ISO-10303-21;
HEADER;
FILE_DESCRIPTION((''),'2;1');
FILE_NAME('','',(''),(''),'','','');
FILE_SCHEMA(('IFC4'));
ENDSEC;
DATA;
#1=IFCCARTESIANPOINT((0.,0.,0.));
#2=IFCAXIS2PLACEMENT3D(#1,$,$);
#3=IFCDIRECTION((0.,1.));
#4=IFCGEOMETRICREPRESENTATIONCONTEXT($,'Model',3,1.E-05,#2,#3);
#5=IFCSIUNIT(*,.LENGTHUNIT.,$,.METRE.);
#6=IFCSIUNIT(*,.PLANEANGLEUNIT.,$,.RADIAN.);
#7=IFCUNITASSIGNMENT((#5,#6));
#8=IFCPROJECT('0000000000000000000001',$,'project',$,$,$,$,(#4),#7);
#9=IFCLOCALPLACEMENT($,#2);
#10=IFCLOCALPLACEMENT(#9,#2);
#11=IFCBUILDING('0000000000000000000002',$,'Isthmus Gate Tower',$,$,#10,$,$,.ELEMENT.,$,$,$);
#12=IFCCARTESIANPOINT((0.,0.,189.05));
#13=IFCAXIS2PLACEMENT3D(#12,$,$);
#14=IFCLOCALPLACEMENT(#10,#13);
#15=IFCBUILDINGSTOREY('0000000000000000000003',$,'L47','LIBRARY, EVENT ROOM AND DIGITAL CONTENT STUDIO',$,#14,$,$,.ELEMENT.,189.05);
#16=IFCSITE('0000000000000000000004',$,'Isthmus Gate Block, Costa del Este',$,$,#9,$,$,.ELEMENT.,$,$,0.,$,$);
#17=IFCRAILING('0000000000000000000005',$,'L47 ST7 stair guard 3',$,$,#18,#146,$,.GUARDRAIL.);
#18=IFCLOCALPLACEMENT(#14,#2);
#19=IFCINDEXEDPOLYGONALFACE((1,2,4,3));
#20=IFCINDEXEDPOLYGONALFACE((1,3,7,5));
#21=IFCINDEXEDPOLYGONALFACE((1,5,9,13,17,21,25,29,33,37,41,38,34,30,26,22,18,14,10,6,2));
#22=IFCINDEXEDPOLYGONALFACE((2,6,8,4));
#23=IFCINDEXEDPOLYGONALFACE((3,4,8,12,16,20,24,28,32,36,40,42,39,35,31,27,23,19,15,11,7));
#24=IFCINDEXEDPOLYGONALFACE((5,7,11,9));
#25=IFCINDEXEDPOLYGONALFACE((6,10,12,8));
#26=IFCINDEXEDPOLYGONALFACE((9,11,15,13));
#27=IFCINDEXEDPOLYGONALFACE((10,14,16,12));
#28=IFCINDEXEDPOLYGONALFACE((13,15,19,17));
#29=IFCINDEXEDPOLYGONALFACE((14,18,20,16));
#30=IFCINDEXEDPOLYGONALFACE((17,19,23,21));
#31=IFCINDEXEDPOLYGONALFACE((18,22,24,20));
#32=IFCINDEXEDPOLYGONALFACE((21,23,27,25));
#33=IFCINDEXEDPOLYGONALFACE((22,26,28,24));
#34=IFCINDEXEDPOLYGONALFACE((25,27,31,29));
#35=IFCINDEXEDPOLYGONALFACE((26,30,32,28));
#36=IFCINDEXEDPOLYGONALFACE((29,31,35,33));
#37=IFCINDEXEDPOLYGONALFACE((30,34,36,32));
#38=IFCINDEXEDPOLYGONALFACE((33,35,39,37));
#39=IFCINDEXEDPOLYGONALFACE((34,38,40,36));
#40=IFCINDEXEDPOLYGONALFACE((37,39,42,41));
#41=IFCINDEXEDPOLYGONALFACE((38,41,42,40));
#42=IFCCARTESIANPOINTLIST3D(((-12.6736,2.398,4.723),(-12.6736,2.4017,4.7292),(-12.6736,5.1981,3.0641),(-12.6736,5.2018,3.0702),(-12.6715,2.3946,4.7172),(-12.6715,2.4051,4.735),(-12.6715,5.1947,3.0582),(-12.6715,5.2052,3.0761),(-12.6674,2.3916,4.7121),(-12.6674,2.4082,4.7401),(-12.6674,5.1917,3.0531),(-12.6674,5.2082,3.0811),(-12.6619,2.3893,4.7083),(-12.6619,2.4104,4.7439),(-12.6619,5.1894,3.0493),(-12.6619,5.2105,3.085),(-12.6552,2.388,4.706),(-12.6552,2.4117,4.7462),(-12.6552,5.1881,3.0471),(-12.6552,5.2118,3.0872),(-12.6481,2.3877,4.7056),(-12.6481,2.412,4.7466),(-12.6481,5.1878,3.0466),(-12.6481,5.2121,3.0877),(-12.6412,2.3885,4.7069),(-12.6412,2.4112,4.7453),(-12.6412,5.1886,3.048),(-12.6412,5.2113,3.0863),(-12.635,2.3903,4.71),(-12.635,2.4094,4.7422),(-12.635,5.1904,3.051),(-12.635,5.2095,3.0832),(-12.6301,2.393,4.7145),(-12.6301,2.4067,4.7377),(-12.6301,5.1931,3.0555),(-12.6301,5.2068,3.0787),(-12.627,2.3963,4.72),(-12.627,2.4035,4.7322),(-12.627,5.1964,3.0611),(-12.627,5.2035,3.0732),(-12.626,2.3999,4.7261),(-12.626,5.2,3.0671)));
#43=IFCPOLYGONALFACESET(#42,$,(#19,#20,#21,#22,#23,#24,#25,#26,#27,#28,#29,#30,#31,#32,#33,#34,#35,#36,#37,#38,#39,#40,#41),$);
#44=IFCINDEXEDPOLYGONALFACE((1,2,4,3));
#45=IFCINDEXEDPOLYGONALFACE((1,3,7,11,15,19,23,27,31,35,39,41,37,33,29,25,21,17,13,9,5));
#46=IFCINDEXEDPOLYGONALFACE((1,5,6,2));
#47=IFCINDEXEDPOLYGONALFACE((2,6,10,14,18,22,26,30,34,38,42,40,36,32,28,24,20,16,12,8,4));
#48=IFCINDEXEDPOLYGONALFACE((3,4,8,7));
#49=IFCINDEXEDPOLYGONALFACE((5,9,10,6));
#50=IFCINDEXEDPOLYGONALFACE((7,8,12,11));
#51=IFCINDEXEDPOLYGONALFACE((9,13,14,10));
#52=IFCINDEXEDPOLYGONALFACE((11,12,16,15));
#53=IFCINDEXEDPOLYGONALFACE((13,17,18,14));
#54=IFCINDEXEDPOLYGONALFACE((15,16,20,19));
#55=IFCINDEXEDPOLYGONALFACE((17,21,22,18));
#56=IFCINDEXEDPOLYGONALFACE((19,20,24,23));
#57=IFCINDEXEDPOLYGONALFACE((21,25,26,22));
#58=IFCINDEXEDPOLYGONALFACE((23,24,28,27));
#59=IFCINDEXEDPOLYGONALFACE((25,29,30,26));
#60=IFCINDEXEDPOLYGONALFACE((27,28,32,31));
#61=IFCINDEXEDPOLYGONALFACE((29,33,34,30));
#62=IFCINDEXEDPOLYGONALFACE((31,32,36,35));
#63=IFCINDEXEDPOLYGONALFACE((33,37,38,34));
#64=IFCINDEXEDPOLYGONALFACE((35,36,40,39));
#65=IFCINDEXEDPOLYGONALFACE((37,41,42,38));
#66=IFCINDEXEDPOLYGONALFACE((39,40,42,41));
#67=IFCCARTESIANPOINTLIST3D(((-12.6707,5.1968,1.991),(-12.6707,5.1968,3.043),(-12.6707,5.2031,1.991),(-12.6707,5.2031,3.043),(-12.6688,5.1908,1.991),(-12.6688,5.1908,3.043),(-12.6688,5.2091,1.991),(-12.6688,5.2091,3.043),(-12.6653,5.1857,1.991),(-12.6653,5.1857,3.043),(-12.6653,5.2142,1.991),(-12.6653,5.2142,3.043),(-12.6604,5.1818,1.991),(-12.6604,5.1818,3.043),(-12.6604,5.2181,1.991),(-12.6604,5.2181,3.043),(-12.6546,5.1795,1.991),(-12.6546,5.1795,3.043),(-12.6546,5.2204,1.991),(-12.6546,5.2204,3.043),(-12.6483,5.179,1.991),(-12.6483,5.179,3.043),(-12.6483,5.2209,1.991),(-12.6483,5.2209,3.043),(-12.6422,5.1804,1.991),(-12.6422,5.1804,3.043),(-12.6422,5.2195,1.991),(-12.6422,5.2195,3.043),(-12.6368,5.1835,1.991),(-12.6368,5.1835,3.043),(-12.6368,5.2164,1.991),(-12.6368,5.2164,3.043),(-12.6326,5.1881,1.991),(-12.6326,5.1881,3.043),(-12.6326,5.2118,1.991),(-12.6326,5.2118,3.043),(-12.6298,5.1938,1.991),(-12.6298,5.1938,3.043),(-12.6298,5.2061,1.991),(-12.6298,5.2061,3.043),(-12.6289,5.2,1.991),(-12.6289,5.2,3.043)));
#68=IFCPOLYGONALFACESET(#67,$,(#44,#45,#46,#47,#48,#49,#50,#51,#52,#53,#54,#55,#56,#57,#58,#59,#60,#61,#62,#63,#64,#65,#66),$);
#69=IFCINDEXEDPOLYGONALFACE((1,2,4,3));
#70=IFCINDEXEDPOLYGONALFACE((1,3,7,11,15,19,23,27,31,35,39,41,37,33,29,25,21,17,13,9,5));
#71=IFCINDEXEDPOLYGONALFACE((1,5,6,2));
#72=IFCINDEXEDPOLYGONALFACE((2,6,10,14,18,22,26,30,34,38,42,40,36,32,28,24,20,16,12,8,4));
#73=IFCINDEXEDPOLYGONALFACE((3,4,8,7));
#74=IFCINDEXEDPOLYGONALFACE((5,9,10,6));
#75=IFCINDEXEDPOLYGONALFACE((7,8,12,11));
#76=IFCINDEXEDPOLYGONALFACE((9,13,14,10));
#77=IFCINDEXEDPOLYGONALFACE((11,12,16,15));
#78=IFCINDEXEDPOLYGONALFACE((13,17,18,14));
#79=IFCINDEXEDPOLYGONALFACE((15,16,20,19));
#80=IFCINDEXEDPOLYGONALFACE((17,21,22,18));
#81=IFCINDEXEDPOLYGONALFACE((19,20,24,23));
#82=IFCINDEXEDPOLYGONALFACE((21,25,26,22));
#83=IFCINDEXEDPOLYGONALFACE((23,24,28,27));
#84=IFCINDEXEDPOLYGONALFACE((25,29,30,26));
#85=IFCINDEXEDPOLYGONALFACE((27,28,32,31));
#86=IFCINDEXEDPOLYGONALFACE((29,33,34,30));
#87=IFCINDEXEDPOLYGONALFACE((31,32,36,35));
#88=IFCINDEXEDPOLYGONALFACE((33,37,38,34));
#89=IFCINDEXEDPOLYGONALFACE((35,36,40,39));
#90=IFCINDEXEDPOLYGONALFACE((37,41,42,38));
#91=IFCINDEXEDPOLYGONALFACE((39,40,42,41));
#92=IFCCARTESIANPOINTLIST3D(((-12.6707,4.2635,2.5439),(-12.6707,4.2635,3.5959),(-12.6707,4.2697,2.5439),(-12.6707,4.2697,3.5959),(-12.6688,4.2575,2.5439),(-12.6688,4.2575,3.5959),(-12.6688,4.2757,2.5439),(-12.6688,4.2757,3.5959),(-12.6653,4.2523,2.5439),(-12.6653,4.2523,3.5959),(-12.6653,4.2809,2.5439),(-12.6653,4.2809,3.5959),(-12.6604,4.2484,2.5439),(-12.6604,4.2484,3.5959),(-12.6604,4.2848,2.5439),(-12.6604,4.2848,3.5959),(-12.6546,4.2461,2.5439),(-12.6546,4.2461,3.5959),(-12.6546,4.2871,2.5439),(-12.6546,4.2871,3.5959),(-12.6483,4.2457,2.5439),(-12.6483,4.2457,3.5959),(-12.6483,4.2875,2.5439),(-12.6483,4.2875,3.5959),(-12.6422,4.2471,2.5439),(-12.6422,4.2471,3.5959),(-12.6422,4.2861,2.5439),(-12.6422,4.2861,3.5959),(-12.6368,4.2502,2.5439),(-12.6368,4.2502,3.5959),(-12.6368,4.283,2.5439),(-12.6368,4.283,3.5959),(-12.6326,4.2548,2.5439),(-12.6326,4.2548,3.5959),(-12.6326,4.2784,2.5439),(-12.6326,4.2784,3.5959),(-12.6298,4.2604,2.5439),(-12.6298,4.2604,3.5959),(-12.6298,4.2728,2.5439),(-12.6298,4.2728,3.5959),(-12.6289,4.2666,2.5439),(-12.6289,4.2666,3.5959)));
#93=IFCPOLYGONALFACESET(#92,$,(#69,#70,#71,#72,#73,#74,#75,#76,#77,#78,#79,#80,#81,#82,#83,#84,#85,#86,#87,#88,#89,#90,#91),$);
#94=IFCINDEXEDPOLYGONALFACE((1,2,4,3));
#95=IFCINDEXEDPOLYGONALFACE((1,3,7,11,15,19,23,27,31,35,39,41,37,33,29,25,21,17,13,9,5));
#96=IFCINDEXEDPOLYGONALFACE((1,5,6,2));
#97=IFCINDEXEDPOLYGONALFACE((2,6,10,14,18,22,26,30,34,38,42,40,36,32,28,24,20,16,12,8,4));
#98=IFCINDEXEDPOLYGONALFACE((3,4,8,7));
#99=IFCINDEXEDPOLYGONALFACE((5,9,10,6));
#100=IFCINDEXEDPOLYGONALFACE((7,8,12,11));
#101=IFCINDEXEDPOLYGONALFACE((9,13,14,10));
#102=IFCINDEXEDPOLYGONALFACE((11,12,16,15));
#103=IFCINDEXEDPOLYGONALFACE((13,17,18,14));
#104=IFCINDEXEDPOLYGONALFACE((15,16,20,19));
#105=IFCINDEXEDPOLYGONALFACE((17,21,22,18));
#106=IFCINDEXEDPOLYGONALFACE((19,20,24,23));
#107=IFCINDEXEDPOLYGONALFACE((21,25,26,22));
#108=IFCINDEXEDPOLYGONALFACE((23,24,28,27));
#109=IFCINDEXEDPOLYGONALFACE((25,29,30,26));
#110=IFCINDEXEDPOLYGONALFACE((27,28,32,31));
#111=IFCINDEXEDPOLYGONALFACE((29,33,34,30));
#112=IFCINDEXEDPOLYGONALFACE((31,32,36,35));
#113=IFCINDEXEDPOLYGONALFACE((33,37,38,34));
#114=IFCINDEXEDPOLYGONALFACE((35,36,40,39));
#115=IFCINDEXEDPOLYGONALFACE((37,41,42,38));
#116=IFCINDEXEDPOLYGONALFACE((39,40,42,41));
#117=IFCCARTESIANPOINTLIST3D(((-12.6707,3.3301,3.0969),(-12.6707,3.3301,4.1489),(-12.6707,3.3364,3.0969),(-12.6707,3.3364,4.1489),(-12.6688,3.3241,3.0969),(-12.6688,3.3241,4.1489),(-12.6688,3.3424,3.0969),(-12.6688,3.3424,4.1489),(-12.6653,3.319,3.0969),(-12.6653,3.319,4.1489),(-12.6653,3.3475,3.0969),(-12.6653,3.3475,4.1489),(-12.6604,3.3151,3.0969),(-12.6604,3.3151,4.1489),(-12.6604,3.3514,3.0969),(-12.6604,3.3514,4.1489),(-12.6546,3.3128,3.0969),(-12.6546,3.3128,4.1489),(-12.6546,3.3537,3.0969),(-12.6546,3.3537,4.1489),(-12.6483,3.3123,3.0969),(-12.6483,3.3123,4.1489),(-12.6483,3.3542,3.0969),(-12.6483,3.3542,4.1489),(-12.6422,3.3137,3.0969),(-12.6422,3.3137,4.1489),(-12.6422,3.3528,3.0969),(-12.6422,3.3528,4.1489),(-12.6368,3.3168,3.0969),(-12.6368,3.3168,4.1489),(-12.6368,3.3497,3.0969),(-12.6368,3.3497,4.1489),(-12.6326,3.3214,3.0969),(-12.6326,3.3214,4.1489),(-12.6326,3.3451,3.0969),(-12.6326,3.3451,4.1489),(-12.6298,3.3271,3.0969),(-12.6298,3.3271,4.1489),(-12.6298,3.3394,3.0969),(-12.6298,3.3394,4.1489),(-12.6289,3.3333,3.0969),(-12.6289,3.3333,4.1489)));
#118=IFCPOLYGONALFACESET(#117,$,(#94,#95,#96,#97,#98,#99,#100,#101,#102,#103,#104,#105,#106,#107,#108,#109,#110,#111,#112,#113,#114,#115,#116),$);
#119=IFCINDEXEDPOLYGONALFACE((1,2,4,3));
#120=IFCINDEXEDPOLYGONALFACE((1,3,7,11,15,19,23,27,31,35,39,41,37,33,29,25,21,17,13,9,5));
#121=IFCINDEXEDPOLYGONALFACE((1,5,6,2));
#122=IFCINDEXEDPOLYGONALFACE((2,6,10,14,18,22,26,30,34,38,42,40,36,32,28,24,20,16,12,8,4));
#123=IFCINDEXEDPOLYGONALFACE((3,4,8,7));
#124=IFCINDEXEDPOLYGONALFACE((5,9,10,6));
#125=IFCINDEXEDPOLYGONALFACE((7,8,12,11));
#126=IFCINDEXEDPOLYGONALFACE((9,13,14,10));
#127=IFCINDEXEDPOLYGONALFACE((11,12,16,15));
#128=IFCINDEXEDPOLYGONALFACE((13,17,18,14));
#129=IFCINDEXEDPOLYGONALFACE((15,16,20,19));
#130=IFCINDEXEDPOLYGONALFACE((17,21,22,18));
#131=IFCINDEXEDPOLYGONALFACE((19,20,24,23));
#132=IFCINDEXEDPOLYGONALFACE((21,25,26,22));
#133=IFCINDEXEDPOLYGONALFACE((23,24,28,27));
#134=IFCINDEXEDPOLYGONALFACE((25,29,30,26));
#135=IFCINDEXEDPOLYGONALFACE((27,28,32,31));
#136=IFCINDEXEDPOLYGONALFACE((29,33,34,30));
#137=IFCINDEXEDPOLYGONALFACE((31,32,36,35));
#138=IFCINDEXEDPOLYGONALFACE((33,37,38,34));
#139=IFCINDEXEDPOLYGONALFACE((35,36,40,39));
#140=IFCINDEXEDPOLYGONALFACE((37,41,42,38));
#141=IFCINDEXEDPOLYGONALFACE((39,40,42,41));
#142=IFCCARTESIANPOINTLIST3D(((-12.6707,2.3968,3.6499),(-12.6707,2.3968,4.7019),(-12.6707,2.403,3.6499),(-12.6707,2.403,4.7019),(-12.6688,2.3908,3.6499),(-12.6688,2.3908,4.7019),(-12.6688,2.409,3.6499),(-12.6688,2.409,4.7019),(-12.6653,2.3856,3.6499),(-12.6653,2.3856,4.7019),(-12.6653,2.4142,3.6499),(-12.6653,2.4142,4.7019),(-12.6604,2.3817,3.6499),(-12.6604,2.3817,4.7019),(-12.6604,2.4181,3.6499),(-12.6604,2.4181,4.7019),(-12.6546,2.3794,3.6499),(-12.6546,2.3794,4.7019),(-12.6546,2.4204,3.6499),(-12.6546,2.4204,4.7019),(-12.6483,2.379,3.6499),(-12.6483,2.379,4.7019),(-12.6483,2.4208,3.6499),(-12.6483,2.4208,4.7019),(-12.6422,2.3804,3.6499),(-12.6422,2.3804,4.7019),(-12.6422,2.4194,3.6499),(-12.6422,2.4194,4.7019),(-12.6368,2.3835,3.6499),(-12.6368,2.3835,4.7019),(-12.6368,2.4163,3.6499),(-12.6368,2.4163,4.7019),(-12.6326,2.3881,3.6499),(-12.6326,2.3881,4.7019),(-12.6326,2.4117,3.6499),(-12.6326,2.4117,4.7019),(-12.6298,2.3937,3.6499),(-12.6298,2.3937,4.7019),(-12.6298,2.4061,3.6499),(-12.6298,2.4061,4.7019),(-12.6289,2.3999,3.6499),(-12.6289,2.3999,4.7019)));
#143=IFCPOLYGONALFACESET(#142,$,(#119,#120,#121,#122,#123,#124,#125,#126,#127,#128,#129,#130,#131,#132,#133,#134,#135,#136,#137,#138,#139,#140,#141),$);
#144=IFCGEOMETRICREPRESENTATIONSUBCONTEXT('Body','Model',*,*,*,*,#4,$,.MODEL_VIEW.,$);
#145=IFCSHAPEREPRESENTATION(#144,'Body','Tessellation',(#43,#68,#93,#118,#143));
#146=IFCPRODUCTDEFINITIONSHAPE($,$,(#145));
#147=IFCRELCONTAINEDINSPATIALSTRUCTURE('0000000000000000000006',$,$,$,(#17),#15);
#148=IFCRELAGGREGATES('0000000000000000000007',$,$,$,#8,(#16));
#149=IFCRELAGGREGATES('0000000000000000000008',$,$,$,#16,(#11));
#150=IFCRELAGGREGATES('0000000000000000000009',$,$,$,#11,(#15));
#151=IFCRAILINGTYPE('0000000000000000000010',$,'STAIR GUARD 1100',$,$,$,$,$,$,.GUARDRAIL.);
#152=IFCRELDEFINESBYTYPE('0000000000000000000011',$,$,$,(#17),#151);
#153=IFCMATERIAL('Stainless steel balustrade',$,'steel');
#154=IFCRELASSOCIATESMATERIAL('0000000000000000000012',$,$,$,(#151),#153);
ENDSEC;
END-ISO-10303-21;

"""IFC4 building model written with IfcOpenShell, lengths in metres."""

from ifc_helpers import new_model, si_unit, direction, frame, origin, origin_2d, place, context, subcontext, project, spatial, circle, extrude, material, type_object, element, save


model = new_model("IFC4")

# Units and contexts
model_context = context("Model", 3, precision=1e-05, world=origin(), true_north=direction((0.0, 1.0)))
body_context = subcontext(model_context, "Body", "Model", "MODEL_VIEW")
ifc_project = project(units=[si_unit("LENGTHUNIT", "METRE"), si_unit("PLANEANGLEUNIT", "RADIAN")], contexts=[model_context])

# Site, building, storey
site_placement = place(None, origin())
site = spatial("IfcSite", under=ifc_project, at=site_placement, Name="Isthmus Gate Block, Costa del Este", CompositionType="ELEMENT", RefElevation=0.0)
building_placement = place(site_placement, origin())
building = spatial("IfcBuilding", under=site, at=building_placement, Name="Isthmus Gate Tower", CompositionType="ELEMENT")
storey_placement = place(building_placement, frame((0.0, 0.0, 189.05)))
storey = spatial("IfcBuildingStorey", under=building, at=storey_placement, Name="L47", Description="LIBRARY, EVENT ROOM AND DIGITAL CONTENT STUDIO", CompositionType="ELEMENT", Elevation=189.05)

# Railing
ifc_material_1 = material(Name="Stainless steel balustrade", Category="steel")
railing_type_1 = type_object("IfcRailingType", Name="STAIR GUARD 1100", PredefinedType="GUARDRAIL", material=ifc_material_1)
railing_1_placement = place(storey_placement, frame((-12.6499, 5.2, 1.991)))
element("IfcRailing", 1, at=railing_1_placement, inside=storey, type_object=railing_type_1, Name="L47 ST7 stair guard 3", PredefinedType="GUARDRAIL", context=body_context, shape_type="SweptSolid", body=[
    extrude(circle(Radius=0.0239, at=origin_2d()), frame((0.0, 0.0, 1.0762), z_axis=(0.0, -0.860339, 0.509722), x_axis=(1.0, 0.0, 0.0)), (0.0, 0.0, 1.0), 3.2546),
    extrude(circle(Radius=0.021, at=origin_2d()), origin(), (0.0, 0.0, 1.0), 1.052),
    extrude(circle(Radius=0.021, at=origin_2d()), frame((0.0, -0.9333, 0.553)), (0.0, 0.0, 1.0), 1.052),
    extrude(circle(Radius=0.021, at=origin_2d()), frame((0.0, -1.8667, 1.106)), (0.0, 0.0, 1.0), 1.052),
    extrude(circle(Radius=0.021, at=origin_2d()), frame((0.0, -2.8, 1.6589)), (0.0, 0.0, 1.0), 1.052),
])

save(model, "model.ifc")
